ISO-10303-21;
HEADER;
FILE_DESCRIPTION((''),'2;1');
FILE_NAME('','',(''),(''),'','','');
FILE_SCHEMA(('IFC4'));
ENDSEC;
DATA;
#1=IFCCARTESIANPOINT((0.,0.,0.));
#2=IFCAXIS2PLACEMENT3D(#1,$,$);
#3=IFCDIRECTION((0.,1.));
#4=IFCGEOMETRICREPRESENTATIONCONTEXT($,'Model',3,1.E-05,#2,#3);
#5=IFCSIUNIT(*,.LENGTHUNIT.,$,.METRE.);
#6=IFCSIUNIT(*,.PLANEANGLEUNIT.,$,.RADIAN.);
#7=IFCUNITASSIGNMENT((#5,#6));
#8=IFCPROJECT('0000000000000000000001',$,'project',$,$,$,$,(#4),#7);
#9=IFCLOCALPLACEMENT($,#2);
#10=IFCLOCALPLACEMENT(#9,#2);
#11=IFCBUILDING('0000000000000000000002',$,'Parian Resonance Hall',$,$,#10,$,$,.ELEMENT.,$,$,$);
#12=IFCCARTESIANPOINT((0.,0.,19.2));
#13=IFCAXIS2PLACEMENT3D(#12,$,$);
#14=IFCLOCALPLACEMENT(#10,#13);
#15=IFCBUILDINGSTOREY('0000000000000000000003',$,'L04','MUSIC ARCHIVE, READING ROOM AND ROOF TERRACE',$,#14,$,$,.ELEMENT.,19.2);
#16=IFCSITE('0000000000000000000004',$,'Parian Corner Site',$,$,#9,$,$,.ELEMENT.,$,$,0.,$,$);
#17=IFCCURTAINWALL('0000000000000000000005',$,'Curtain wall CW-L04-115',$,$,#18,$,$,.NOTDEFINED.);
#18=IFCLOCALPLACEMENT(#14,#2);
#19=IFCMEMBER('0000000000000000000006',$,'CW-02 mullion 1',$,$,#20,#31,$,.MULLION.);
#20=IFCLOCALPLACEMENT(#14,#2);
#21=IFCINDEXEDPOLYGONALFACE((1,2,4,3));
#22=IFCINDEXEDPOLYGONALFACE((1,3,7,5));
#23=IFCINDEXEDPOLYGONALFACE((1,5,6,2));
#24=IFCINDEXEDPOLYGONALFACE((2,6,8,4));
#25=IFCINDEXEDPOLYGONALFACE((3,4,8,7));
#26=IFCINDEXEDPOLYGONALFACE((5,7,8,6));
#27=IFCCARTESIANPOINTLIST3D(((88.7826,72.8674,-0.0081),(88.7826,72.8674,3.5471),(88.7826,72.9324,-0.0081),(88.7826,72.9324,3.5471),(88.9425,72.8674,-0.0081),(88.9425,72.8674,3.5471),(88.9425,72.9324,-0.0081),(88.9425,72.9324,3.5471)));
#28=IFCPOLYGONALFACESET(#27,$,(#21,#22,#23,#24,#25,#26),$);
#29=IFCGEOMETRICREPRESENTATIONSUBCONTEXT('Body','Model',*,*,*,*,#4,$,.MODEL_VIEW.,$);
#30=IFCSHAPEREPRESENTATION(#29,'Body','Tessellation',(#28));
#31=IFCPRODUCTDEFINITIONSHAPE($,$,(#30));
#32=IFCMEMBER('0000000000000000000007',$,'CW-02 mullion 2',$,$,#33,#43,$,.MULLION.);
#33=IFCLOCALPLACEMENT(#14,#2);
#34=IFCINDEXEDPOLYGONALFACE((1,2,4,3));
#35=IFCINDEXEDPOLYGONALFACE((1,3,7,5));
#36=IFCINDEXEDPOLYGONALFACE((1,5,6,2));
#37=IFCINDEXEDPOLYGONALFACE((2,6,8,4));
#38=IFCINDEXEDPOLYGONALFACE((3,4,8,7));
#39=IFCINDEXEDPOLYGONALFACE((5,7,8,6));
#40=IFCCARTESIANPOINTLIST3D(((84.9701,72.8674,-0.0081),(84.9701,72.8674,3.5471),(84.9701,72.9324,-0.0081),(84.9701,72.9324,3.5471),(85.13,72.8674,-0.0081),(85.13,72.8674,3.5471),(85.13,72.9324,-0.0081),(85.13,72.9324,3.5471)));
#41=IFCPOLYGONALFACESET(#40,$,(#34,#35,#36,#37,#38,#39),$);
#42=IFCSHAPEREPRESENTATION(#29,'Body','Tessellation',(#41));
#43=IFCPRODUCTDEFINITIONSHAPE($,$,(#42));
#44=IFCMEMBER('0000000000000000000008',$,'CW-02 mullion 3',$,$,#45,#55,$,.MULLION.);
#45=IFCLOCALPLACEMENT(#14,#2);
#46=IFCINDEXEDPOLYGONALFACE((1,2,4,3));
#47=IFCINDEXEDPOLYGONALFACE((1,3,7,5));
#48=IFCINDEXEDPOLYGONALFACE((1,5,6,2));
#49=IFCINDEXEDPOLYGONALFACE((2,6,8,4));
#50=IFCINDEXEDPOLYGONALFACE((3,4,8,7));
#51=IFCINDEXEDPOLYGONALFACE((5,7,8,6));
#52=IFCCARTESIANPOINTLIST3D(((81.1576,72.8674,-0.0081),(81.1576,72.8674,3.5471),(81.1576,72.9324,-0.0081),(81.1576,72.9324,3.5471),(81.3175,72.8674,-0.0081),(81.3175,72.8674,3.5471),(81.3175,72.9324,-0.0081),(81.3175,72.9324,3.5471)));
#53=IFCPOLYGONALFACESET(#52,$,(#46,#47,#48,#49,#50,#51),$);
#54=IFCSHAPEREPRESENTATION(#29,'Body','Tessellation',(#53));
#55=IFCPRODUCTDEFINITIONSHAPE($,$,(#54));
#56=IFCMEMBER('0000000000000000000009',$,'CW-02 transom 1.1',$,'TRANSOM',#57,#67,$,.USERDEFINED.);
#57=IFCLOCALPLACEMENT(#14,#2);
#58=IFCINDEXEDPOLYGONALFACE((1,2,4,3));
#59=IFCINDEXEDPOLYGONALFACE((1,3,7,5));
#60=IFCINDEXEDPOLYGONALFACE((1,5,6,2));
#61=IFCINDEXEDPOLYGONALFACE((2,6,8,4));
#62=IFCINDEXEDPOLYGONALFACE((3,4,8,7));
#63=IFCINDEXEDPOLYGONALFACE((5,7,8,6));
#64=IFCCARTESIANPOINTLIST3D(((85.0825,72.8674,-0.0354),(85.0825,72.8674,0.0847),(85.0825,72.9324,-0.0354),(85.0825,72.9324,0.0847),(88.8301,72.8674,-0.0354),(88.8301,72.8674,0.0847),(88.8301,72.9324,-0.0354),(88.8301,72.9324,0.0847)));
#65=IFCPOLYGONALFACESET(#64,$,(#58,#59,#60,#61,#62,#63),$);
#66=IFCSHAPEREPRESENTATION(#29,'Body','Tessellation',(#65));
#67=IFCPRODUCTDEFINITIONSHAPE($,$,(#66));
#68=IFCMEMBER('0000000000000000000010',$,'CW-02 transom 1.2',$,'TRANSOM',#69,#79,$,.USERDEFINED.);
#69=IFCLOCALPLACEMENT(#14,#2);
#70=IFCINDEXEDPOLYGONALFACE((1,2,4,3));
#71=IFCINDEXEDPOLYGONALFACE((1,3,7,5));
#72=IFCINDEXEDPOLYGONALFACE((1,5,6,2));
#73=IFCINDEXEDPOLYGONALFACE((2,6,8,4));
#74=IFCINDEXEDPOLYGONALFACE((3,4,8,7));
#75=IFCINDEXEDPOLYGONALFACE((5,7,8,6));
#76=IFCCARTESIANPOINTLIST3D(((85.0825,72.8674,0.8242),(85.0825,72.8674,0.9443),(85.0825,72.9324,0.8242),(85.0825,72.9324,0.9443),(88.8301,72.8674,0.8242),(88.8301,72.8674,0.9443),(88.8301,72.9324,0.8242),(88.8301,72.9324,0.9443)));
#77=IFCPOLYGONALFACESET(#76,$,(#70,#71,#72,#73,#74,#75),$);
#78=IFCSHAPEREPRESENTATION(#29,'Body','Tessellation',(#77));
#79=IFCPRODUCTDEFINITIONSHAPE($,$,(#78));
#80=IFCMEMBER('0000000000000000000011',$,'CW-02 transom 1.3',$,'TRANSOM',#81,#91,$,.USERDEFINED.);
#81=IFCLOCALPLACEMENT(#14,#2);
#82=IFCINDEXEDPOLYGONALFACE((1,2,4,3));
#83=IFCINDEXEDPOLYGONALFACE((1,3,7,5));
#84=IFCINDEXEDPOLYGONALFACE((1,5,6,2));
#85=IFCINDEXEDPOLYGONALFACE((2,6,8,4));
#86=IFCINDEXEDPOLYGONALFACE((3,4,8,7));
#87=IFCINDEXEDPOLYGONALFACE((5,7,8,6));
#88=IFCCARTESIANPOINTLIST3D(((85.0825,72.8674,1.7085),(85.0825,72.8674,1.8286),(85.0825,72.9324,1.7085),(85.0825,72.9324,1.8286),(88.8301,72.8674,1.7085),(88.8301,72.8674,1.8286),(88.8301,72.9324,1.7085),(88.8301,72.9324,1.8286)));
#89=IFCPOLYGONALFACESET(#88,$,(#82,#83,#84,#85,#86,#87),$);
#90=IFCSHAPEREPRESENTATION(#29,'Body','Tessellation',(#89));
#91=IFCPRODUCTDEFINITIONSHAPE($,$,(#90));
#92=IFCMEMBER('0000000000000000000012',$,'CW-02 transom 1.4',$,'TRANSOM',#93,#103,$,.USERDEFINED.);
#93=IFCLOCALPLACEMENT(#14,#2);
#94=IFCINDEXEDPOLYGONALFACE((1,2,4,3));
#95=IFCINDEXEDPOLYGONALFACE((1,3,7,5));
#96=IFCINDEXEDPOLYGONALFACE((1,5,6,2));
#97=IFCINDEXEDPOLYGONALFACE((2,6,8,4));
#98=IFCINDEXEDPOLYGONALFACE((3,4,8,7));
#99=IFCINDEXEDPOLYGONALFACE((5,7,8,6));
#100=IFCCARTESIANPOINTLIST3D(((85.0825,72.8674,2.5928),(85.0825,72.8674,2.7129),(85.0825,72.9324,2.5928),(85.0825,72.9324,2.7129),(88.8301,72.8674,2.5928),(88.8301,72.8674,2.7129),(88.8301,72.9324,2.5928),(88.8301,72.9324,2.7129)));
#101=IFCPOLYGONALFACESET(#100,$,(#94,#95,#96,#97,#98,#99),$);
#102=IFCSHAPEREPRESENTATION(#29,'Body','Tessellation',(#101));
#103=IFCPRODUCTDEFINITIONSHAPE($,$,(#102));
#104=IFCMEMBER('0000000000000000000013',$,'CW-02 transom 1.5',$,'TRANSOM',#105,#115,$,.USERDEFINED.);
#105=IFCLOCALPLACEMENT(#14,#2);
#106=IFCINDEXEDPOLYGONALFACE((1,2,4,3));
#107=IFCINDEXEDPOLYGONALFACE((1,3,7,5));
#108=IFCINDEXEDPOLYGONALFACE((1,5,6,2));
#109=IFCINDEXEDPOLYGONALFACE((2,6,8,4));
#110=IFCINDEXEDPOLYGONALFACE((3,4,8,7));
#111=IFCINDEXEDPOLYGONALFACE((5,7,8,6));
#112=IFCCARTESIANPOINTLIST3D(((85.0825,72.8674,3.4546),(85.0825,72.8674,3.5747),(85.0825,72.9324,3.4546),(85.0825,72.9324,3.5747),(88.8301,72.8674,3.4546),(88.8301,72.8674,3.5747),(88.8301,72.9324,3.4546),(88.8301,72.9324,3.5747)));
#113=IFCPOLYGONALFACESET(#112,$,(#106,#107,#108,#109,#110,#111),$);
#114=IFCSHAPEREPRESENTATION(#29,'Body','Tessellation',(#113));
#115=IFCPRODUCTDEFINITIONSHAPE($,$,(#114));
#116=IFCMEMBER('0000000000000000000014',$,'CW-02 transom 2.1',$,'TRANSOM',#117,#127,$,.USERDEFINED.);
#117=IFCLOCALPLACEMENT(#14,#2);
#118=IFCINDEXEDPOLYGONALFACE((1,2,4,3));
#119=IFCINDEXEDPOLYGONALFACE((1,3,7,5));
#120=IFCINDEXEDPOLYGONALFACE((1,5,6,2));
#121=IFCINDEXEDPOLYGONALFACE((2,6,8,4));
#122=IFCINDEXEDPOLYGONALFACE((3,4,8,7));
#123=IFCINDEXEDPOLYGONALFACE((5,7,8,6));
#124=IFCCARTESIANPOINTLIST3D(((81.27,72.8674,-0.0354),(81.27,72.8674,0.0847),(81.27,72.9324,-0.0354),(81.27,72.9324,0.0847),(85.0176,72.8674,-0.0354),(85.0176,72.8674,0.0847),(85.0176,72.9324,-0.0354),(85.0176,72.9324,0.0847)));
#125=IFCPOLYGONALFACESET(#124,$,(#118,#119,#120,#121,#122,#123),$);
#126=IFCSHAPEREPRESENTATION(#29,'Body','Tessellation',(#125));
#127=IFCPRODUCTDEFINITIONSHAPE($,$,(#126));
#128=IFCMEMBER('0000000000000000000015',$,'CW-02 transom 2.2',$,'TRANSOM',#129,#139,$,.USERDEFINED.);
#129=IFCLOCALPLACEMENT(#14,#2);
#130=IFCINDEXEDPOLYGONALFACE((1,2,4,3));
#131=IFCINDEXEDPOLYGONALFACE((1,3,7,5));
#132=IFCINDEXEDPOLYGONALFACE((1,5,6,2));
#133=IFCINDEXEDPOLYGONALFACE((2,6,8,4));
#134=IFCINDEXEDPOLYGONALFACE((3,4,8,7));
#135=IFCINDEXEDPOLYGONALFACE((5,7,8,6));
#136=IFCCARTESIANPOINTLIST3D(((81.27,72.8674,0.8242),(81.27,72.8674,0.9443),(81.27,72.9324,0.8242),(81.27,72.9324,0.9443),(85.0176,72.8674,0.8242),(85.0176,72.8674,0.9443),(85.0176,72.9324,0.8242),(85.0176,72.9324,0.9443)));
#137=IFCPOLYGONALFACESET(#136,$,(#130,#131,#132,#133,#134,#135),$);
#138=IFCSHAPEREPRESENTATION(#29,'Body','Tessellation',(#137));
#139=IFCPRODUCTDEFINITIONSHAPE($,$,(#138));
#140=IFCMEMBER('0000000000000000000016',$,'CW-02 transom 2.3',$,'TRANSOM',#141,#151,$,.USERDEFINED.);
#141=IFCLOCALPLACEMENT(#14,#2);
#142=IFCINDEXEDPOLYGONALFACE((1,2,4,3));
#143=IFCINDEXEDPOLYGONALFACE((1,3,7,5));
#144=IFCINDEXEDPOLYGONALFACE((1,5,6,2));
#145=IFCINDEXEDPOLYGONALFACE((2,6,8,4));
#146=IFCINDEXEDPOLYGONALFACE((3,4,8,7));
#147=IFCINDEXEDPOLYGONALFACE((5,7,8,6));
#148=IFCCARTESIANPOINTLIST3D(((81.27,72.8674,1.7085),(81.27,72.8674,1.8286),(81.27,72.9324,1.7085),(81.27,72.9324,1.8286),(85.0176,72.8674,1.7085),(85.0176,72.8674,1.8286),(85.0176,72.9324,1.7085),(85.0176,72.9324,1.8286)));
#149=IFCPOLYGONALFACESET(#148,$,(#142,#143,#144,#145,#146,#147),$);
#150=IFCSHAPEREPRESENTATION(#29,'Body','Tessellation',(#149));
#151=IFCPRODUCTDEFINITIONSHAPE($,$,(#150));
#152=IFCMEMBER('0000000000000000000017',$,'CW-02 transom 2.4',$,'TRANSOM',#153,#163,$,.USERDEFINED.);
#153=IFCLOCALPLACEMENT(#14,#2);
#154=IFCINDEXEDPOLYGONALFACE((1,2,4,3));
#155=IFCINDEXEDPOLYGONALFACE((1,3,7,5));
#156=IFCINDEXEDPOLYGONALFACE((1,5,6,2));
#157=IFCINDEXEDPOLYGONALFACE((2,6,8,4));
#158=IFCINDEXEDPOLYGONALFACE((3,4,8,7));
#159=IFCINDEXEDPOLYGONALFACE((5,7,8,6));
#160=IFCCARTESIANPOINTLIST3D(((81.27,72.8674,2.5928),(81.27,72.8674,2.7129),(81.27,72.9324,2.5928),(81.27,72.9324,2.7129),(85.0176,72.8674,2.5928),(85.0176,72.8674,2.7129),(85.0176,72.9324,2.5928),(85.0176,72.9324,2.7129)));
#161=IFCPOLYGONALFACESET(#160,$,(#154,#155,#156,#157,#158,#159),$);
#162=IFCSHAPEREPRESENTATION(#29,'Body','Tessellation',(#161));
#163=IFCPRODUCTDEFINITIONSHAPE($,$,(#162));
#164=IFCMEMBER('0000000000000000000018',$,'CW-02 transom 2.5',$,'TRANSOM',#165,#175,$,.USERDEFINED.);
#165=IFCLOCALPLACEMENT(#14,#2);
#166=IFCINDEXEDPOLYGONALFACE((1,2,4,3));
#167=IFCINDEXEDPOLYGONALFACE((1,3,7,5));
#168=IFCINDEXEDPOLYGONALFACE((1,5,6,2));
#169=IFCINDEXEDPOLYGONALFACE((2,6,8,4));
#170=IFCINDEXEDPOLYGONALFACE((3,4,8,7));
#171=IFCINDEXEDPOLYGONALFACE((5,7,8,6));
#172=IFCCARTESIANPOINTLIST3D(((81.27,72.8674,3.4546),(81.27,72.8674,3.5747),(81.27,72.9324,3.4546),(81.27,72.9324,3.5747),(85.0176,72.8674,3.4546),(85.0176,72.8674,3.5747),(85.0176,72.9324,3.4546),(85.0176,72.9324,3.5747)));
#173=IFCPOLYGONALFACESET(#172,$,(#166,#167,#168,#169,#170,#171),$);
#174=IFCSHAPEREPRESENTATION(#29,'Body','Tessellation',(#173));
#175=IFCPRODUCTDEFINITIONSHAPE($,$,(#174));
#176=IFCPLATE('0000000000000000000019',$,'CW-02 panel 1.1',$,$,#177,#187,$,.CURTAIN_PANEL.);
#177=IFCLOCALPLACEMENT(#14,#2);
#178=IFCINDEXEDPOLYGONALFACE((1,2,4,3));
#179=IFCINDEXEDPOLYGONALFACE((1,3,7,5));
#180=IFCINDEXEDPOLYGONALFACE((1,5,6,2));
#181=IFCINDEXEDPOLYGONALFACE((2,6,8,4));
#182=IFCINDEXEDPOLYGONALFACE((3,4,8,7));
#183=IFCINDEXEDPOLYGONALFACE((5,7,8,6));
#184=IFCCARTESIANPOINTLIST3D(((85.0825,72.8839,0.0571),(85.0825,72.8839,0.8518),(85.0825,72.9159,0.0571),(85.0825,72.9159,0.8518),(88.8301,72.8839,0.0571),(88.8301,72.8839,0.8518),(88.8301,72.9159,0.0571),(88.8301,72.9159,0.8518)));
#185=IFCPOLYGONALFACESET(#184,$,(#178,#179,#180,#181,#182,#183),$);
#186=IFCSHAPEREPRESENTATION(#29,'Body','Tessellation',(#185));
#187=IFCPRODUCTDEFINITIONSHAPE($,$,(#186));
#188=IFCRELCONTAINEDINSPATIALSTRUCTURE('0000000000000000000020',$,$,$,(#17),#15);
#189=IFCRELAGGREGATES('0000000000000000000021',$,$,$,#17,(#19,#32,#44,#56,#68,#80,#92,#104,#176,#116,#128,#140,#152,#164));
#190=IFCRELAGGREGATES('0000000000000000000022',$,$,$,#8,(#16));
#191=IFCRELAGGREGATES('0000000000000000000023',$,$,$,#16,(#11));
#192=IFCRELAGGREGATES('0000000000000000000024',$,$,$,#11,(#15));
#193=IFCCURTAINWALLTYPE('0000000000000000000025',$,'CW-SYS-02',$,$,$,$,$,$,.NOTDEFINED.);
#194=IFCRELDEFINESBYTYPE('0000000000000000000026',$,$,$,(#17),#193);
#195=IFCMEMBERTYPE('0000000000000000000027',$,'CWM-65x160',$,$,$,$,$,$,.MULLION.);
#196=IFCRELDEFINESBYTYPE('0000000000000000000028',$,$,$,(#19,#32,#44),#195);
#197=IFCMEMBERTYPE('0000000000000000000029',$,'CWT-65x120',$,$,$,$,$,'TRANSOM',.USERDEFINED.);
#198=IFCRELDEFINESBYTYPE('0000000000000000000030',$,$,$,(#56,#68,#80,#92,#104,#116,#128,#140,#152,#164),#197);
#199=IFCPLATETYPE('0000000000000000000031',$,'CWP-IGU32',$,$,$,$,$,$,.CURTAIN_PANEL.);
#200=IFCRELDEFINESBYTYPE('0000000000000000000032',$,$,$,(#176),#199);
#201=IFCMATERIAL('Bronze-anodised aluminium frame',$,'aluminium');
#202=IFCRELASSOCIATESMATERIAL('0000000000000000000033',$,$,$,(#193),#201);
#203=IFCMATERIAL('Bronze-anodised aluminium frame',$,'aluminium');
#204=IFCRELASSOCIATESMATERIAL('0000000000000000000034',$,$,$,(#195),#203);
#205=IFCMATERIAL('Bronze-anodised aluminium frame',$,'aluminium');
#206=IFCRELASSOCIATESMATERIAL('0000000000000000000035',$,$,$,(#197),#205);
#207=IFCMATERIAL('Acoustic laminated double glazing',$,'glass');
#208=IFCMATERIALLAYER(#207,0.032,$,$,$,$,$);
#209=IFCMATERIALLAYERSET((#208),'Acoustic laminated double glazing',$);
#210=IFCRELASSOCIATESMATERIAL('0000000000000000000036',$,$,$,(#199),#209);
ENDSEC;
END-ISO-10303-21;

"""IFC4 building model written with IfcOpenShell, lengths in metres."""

from ifc_helpers import new_model, si_unit, direction, frame, origin, origin_2d, place, context, subcontext, project, spatial, rectangle, extrude, material, layer, layer_set, material_profile, profile_set, type_object, element, aggregate, save


model = new_model("IFC4")

# Units and contexts
model_context = context("Model", 3, precision=1e-05, world=origin(), true_north=direction((0.0, 1.0)))
body_context = subcontext(model_context, "Body", "Model", "MODEL_VIEW")
ifc_project = project(units=[si_unit("LENGTHUNIT", "METRE"), si_unit("PLANEANGLEUNIT", "RADIAN")], contexts=[model_context])

# Site, building, storey
site_placement = place(None, origin())
site = spatial("IfcSite", under=ifc_project, at=site_placement, Name="Parian Corner Site", CompositionType="ELEMENT", RefElevation=0.0)
building_placement = place(site_placement, origin())
building = spatial("IfcBuilding", under=site, at=building_placement, Name="Parian Resonance Hall", CompositionType="ELEMENT")
storey_placement = place(building_placement, frame((0.0, 0.0, 19.2)))
storey = spatial("IfcBuildingStorey", under=building, at=storey_placement, Name="L04", Description="MUSIC ARCHIVE, READING ROOM AND ROOF TERRACE", CompositionType="ELEMENT", Elevation=19.2)

# Curtain wall, members, plate
ifc_material_1 = material(Name="Bronze-anodised aluminium frame", Category="aluminium")
curtain_wall_type = type_object("IfcCurtainWallType", Name="CW-SYS-02", PredefinedType="NOTDEFINED", material=ifc_material_1)
curtain_wall_placement = place(storey_placement, origin())
curtain_wall = element("IfcCurtainWall", 1, at=curtain_wall_placement, inside=storey, type_object=curtain_wall_type, Name="Curtain wall CW-L04-115", PredefinedType="NOTDEFINED")
ifc_material_2 = material(Name="Bronze-anodised aluminium frame", Category="aluminium")
ifc_material_profile_1 = material_profile(ifc_material_2, rectangle(XDim=0.0649, YDim=0.1599, at=origin_2d()), Name="CWM-65x160")
ifc_profile_set_1 = profile_set([ifc_material_profile_1], Name="Bronze-anodised aluminium frame")
member_type_1 = type_object("IfcMemberType", Name="CWM-65x160", PredefinedType="MULLION", material=ifc_profile_set_1)
member_1_placement = place(storey_placement, frame((88.8625, 72.8999, -0.0081), z_axis=(0.0, 0.0, 1.0), x_axis=(0.0, -1.0, 0.0)))
member_1 = element("IfcMember", 2, at=member_1_placement, type_object=member_type_1, Name="CW-02 mullion 1", PredefinedType="MULLION", context=body_context, shape_type="SweptSolid", body=[
    extrude(rectangle(XDim=0.0649, YDim=0.1599, at=origin_2d()), origin(), (0.0, 0.0, 1.0), 3.5552),
])
member_2_placement = place(storey_placement, frame((85.05, 72.8999, -0.0081), z_axis=(0.0, 0.0, 1.0), x_axis=(0.0, -1.0, 0.0)))
member_2 = element("IfcMember", 3, at=member_2_placement, type_object=member_type_1, Name="CW-02 mullion 2", PredefinedType="MULLION", context=body_context, shape_type="SweptSolid", body=[
    extrude(rectangle(XDim=0.0649, YDim=0.1599, at=origin_2d()), origin(), (0.0, 0.0, 1.0), 3.5552),
])
member_3_placement = place(storey_placement, frame((81.2375, 72.8999, -0.0081), z_axis=(0.0, 0.0, 1.0), x_axis=(0.0, -1.0, 0.0)))
member_3 = element("IfcMember", 4, at=member_3_placement, type_object=member_type_1, Name="CW-02 mullion 3", PredefinedType="MULLION", context=body_context, shape_type="SweptSolid", body=[
    extrude(rectangle(XDim=0.0649, YDim=0.1599, at=origin_2d()), origin(), (0.0, 0.0, 1.0), 3.5552),
])
ifc_material_3 = material(Name="Bronze-anodised aluminium frame", Category="aluminium")
ifc_material_profile_2 = material_profile(ifc_material_3, rectangle(XDim=0.0649, YDim=0.1201, at=origin_2d()), Name="CWT-65x120")
ifc_profile_set_2 = profile_set([ifc_material_profile_2], Name="Bronze-anodised aluminium frame")
member_type_2 = type_object("IfcMemberType", Name="CWT-65x120", ElementType="TRANSOM", PredefinedType="USERDEFINED", material=ifc_profile_set_2)
member_4_placement = place(storey_placement, frame((88.8301, 72.8999, 0.0247), z_axis=(-1.0, 0.0, 0.0), x_axis=(0.0, -1.0, 0.0)))
member_4 = element("IfcMember", 5, at=member_4_placement, type_object=member_type_2, Name="CW-02 transom 1.1", ObjectType="TRANSOM", PredefinedType="USERDEFINED", context=body_context, shape_type="SweptSolid", body=[
    extrude(rectangle(XDim=0.0649, YDim=0.1201, at=origin_2d()), origin(), (0.0, 0.0, 1.0), 3.7476),
])
member_5_placement = place(storey_placement, frame((88.8301, 72.8999, 0.8843), z_axis=(-1.0, 0.0, 0.0), x_axis=(0.0, -1.0, 0.0)))
member_5 = element("IfcMember", 6, at=member_5_placement, type_object=member_type_2, Name="CW-02 transom 1.2", ObjectType="TRANSOM", PredefinedType="USERDEFINED", context=body_context, shape_type="SweptSolid", body=[
    extrude(rectangle(XDim=0.0649, YDim=0.1201, at=origin_2d()), origin(), (0.0, 0.0, 1.0), 3.7476),
])
member_6_placement = place(storey_placement, frame((88.8301, 72.8999, 1.7686), z_axis=(-1.0, 0.0, 0.0), x_axis=(0.0, -1.0, 0.0)))
member_6 = element("IfcMember", 7, at=member_6_placement, type_object=member_type_2, Name="CW-02 transom 1.3", ObjectType="TRANSOM", PredefinedType="USERDEFINED", context=body_context, shape_type="SweptSolid", body=[
    extrude(rectangle(XDim=0.0649, YDim=0.1201, at=origin_2d()), origin(), (0.0, 0.0, 1.0), 3.7476),
])
member_7_placement = place(storey_placement, frame((88.8301, 72.8999, 2.6528), z_axis=(-1.0, 0.0, 0.0), x_axis=(0.0, -1.0, 0.0)))
member_7 = element("IfcMember", 8, at=member_7_placement, type_object=member_type_2, Name="CW-02 transom 1.4", ObjectType="TRANSOM", PredefinedType="USERDEFINED", context=body_context, shape_type="SweptSolid", body=[
    extrude(rectangle(XDim=0.0649, YDim=0.1201, at=origin_2d()), origin(), (0.0, 0.0, 1.0), 3.7476),
])
member_8_placement = place(storey_placement, frame((88.8301, 72.8999, 3.5146), z_axis=(-1.0, 0.0, 0.0), x_axis=(0.0, -1.0, 0.0)))
member_8 = element("IfcMember", 9, at=member_8_placement, type_object=member_type_2, Name="CW-02 transom 1.5", ObjectType="TRANSOM", PredefinedType="USERDEFINED", context=body_context, shape_type="SweptSolid", body=[
    extrude(rectangle(XDim=0.0649, YDim=0.1201, at=origin_2d()), origin(), (0.0, 0.0, 1.0), 3.7476),
])
member_9_placement = place(storey_placement, frame((85.0176, 72.8999, 0.0247), z_axis=(-1.0, 0.0, 0.0), x_axis=(0.0, -1.0, 0.0)))
member_9 = element("IfcMember", 10, at=member_9_placement, type_object=member_type_2, Name="CW-02 transom 2.1", ObjectType="TRANSOM", PredefinedType="USERDEFINED", context=body_context, shape_type="SweptSolid", body=[
    extrude(rectangle(XDim=0.0649, YDim=0.1201, at=origin_2d()), origin(), (0.0, 0.0, 1.0), 3.7476),
])
member_10_placement = place(storey_placement, frame((85.0176, 72.8999, 0.8843), z_axis=(-1.0, 0.0, 0.0), x_axis=(0.0, -1.0, 0.0)))
member_10 = element("IfcMember", 11, at=member_10_placement, type_object=member_type_2, Name="CW-02 transom 2.2", ObjectType="TRANSOM", PredefinedType="USERDEFINED", context=body_context, shape_type="SweptSolid", body=[
    extrude(rectangle(XDim=0.0649, YDim=0.1201, at=origin_2d()), origin(), (0.0, 0.0, 1.0), 3.7476),
])
member_11_placement = place(storey_placement, frame((85.0176, 72.8999, 1.7686), z_axis=(-1.0, 0.0, 0.0), x_axis=(0.0, -1.0, 0.0)))
member_11 = element("IfcMember", 12, at=member_11_placement, type_object=member_type_2, Name="CW-02 transom 2.3", ObjectType="TRANSOM", PredefinedType="USERDEFINED", context=body_context, shape_type="SweptSolid", body=[
    extrude(rectangle(XDim=0.0649, YDim=0.1201, at=origin_2d()), origin(), (0.0, 0.0, 1.0), 3.7476),
])
member_12_placement = place(storey_placement, frame((85.0176, 72.8999, 2.6528), z_axis=(-1.0, 0.0, 0.0), x_axis=(0.0, -1.0, 0.0)))
member_12 = element("IfcMember", 13, at=member_12_placement, type_object=member_type_2, Name="CW-02 transom 2.4", ObjectType="TRANSOM", PredefinedType="USERDEFINED", context=body_context, shape_type="SweptSolid", body=[
    extrude(rectangle(XDim=0.0649, YDim=0.1201, at=origin_2d()), origin(), (0.0, 0.0, 1.0), 3.7476),
])
member_13_placement = place(storey_placement, frame((85.0176, 72.8999, 3.5146), z_axis=(-1.0, 0.0, 0.0), x_axis=(0.0, -1.0, 0.0)))
member_13 = element("IfcMember", 14, at=member_13_placement, type_object=member_type_2, Name="CW-02 transom 2.5", ObjectType="TRANSOM", PredefinedType="USERDEFINED", context=body_context, shape_type="SweptSolid", body=[
    extrude(rectangle(XDim=0.0649, YDim=0.1201, at=origin_2d()), origin(), (0.0, 0.0, 1.0), 3.7476),
])
ifc_material_4 = material(Name="Acoustic laminated double glazing", Category="glass")
ifc_layer_1 = layer(ifc_material_4, 0.032)
ifc_layer_set_1 = layer_set([ifc_layer_1], Name="Acoustic laminated double glazing")
plate_type = type_object("IfcPlateType", Name="CWP-IGU32", PredefinedType="CURTAIN_PANEL", material=ifc_layer_set_1)
plate_1_placement = place(storey_placement, frame((86.9563, 72.8999, 0.0571), z_axis=(0.0, 0.0, 1.0), x_axis=(-1.0, 0.0, 0.0)))
plate_1 = element("IfcPlate", 15, at=plate_1_placement, type_object=plate_type, Name="CW-02 panel 1.1", PredefinedType="CURTAIN_PANEL", context=body_context, shape_type="SweptSolid", body=[
    extrude(rectangle(XDim=3.7476, YDim=0.032, at=origin_2d()), origin(), (0.0, 0.0, 1.0), 0.7947),
])
aggregate(curtain_wall, [member_1, member_2, member_3, member_4, member_5, member_6, member_7, member_8, plate_1, member_9, member_10, member_11, member_12, member_13])

save(model, "model.ifc")
